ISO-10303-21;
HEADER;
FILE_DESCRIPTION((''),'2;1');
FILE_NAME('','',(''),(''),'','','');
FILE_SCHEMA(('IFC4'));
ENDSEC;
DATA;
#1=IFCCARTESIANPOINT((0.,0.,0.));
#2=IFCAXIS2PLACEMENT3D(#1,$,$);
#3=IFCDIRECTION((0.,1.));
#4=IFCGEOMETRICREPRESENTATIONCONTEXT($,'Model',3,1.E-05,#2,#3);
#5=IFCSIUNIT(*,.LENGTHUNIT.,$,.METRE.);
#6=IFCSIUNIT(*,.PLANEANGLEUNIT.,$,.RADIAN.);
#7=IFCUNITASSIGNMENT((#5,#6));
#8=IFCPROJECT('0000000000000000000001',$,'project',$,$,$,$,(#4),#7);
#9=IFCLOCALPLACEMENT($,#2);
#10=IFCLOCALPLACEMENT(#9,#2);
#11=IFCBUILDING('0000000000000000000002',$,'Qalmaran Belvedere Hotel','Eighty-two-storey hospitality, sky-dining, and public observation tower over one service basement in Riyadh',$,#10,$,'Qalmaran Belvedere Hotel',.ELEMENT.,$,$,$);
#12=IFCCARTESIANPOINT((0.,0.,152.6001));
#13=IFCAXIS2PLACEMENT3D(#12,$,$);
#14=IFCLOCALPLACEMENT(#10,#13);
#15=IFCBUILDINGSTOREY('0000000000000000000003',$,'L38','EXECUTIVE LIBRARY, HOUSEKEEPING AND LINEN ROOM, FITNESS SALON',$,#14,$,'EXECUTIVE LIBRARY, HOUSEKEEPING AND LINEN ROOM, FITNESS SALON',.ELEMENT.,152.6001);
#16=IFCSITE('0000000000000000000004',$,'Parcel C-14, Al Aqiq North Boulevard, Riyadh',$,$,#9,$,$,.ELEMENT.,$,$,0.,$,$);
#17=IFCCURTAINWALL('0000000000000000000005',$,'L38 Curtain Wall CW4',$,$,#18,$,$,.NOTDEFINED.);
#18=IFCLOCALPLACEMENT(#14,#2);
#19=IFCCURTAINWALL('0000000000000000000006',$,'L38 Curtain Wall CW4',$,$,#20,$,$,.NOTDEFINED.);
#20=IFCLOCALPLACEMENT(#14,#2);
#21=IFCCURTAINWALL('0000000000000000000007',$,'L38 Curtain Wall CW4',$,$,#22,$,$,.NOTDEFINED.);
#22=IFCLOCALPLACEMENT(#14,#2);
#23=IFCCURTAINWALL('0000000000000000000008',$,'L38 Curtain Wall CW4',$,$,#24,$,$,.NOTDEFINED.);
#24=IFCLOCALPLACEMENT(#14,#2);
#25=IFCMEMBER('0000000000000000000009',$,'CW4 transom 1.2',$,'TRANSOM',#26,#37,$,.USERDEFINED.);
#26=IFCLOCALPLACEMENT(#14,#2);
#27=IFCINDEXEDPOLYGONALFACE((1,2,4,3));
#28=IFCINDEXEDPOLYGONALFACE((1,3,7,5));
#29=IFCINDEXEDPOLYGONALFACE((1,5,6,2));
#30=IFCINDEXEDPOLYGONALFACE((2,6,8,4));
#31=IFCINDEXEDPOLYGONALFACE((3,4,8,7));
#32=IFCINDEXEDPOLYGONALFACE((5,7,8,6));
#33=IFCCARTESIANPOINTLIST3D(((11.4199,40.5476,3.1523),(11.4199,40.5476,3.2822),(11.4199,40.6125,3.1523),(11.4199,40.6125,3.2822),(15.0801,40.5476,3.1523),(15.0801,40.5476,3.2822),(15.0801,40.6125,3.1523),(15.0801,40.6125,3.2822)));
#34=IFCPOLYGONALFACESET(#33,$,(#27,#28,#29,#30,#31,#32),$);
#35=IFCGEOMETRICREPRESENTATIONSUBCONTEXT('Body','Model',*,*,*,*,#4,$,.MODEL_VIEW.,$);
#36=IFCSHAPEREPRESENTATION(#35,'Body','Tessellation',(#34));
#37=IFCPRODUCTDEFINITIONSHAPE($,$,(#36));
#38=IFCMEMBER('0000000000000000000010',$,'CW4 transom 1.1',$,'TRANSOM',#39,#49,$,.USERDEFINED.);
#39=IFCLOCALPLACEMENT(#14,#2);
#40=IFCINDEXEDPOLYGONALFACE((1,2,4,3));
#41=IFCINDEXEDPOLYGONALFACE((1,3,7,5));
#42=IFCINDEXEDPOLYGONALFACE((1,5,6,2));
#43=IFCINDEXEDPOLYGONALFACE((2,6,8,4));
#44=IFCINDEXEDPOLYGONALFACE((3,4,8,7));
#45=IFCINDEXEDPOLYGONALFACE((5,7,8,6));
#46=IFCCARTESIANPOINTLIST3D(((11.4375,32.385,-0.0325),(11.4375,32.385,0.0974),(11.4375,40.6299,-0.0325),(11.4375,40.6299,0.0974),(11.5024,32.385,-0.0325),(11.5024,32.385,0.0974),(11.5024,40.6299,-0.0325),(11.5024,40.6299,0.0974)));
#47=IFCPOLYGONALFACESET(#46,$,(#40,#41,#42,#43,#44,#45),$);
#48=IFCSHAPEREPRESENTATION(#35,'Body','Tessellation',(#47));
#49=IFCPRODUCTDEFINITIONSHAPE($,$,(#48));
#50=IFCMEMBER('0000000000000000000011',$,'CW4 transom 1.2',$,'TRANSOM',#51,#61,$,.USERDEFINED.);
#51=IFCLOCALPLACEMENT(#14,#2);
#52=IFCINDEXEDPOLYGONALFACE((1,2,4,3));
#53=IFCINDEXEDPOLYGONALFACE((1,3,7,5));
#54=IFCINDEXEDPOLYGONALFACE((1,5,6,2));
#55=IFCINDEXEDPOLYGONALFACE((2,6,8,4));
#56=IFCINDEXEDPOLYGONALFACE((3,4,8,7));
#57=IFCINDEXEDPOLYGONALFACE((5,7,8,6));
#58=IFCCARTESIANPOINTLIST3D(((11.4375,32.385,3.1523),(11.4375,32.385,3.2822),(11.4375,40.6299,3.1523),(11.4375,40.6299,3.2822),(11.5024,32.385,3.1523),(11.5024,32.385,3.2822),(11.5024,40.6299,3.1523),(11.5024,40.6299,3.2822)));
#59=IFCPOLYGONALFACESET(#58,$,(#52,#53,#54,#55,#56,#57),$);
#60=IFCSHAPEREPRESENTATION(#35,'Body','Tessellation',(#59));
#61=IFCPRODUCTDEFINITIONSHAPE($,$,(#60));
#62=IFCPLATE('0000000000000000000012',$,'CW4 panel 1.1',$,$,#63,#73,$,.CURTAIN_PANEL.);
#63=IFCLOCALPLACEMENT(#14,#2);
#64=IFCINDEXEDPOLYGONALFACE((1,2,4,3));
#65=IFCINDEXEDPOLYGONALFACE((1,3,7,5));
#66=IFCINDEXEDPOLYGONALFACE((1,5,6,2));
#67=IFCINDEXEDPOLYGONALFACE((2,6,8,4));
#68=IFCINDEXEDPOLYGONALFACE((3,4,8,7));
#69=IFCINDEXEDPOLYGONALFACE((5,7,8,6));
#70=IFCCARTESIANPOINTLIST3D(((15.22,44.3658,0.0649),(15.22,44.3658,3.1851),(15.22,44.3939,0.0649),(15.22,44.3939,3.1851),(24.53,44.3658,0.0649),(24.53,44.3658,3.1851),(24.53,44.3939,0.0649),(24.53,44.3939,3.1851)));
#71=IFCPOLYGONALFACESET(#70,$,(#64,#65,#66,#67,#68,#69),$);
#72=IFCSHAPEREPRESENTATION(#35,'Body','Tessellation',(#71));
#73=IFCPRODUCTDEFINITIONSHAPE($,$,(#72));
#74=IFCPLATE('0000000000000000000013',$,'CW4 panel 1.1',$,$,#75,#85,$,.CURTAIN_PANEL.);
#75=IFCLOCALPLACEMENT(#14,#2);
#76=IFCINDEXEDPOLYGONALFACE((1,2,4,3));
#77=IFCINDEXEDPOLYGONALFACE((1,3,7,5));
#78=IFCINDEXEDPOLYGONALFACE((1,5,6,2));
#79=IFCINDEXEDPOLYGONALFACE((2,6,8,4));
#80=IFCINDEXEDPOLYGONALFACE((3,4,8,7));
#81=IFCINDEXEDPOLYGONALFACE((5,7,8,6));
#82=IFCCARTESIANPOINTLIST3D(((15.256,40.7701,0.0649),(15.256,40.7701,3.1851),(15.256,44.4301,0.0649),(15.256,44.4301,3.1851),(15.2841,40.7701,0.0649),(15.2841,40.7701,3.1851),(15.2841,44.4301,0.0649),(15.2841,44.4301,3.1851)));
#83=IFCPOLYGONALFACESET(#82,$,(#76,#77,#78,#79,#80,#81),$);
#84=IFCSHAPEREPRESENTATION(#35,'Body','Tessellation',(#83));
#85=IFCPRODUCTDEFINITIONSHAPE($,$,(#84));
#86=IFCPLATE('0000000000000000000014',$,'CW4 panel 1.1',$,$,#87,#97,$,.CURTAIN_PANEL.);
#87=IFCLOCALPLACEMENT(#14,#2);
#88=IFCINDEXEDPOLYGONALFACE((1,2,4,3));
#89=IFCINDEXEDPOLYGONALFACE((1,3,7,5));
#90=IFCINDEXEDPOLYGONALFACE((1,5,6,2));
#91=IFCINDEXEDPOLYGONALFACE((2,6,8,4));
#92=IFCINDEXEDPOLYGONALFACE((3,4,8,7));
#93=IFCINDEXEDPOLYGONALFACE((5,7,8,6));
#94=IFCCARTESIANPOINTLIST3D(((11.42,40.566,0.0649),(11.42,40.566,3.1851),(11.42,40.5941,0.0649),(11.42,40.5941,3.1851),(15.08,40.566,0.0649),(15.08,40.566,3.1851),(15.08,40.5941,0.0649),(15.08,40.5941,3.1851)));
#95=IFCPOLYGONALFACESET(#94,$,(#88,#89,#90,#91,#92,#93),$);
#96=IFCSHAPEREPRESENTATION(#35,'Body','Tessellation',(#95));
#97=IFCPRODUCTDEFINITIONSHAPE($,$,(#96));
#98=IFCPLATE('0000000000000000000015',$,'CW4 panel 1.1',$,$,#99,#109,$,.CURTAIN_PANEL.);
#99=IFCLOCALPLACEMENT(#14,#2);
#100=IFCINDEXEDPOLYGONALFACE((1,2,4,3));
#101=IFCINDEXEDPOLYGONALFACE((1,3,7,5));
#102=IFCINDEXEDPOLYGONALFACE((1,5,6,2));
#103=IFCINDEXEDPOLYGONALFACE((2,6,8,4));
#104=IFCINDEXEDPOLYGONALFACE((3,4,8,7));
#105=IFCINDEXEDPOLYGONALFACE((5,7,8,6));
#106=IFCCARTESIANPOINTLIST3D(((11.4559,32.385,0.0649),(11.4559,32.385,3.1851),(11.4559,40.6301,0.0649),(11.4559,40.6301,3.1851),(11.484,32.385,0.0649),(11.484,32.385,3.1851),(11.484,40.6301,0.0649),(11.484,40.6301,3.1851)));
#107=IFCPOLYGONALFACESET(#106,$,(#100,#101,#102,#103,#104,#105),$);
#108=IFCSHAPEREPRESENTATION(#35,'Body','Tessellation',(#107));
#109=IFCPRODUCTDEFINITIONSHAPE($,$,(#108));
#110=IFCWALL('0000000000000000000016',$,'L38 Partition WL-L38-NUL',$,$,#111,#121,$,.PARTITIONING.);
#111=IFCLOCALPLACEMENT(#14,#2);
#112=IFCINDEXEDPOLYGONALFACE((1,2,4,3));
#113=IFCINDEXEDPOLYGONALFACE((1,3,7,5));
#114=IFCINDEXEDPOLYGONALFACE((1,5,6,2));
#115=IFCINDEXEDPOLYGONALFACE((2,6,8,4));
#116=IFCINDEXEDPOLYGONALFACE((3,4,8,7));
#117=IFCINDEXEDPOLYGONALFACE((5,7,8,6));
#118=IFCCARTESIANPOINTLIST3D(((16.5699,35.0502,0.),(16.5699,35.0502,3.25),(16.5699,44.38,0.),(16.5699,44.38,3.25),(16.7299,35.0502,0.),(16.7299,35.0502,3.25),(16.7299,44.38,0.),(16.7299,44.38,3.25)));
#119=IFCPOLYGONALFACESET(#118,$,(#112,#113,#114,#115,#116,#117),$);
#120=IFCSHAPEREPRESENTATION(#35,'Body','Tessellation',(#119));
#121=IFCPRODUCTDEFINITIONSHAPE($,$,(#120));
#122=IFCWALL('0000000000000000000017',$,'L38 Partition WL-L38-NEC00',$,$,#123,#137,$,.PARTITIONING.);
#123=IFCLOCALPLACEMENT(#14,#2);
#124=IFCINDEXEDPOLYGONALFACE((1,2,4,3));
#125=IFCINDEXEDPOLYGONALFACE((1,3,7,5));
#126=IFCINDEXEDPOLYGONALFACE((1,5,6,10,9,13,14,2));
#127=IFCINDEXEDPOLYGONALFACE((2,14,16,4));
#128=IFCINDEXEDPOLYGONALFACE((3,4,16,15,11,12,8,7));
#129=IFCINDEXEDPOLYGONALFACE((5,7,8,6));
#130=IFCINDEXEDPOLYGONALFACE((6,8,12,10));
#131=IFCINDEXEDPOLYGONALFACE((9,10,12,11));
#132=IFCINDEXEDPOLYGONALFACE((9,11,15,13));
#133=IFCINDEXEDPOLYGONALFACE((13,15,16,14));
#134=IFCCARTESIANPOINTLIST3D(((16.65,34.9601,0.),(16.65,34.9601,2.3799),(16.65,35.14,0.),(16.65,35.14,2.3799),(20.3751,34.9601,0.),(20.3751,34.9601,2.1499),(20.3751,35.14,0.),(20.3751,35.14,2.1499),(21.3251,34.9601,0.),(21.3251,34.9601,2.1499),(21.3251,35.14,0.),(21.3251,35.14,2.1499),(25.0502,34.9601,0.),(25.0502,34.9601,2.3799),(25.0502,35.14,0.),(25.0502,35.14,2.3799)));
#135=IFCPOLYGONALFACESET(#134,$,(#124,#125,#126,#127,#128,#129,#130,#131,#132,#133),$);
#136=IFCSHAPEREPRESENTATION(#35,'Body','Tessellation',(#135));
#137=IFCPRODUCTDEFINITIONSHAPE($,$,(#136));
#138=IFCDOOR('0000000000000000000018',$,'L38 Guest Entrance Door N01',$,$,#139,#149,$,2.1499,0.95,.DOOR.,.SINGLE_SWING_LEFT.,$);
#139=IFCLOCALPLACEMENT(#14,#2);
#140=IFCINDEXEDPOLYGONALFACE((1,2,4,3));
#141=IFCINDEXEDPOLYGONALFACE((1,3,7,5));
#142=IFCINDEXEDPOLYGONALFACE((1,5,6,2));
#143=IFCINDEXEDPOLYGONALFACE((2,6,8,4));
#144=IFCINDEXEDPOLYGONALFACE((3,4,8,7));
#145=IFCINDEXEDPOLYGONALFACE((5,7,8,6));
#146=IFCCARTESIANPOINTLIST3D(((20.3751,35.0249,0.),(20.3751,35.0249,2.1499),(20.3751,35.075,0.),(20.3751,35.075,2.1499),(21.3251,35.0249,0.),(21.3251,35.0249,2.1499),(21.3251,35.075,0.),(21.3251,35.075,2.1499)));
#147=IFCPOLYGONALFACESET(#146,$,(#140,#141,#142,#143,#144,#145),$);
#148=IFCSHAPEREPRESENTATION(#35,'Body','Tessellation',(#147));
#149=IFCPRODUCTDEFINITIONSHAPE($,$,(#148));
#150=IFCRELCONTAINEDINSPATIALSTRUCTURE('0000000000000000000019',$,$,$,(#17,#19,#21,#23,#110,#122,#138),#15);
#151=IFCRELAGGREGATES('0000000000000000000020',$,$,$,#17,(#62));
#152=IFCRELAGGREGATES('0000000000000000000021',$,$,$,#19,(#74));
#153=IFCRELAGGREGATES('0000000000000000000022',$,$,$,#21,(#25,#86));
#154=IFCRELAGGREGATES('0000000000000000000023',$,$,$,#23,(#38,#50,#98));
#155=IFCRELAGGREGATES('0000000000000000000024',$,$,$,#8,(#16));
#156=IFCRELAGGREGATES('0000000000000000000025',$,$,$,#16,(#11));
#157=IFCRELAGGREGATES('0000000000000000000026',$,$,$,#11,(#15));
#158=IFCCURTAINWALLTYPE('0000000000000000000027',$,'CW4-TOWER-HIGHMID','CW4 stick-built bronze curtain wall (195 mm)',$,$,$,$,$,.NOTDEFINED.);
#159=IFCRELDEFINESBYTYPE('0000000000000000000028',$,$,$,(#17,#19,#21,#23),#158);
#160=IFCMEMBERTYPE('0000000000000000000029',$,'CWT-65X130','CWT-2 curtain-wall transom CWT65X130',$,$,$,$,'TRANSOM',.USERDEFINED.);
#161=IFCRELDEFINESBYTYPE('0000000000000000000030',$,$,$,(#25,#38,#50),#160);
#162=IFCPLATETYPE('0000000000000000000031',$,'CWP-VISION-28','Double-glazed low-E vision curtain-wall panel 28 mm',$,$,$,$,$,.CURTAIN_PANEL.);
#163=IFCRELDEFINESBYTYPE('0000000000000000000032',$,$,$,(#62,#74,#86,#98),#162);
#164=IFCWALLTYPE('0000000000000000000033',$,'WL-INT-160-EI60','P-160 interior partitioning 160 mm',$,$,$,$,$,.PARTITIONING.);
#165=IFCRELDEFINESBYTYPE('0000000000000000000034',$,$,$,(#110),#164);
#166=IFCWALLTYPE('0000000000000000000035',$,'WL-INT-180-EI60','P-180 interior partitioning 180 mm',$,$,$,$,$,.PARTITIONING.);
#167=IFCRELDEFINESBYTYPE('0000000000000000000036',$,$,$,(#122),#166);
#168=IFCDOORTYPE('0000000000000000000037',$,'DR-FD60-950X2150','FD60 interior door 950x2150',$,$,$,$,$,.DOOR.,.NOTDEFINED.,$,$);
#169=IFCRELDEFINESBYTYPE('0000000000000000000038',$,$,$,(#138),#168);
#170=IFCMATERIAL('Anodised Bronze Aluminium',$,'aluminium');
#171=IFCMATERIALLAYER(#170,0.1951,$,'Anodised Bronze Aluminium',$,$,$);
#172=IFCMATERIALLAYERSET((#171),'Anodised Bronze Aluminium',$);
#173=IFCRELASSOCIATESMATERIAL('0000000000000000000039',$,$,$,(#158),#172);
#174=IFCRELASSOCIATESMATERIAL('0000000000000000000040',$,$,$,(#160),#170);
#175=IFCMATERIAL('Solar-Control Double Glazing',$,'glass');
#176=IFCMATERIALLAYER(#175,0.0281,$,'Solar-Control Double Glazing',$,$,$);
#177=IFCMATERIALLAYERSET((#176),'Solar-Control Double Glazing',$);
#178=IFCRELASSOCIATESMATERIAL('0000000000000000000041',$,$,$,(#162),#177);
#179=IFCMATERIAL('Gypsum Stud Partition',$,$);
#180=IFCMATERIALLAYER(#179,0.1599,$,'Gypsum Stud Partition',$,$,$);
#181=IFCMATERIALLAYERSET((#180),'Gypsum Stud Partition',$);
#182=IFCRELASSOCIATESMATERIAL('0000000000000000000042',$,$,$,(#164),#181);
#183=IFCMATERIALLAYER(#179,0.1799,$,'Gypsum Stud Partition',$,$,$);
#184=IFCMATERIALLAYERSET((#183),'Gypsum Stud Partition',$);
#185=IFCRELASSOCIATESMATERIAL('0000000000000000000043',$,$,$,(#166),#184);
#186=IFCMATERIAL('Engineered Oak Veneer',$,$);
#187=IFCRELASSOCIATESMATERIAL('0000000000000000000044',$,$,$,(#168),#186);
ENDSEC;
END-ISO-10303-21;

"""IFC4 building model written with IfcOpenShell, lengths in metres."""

from ifc_helpers import new_model, si_unit, direction, frame, frame_2d, origin, origin_2d, place, context, subcontext, project, spatial, rectangle, extrude, material, layer, layer_set, material_profile, profile_set, type_object, element, fill, aggregate, save


model = new_model("IFC4")

# Units and contexts
model_context = context("Model", 3, precision=1e-05, world=origin(), true_north=direction((0.0, 1.0)))
body_context = subcontext(model_context, "Body", "Model", "MODEL_VIEW")
ifc_project = project(units=[si_unit("LENGTHUNIT", "METRE"), si_unit("PLANEANGLEUNIT", "RADIAN")], contexts=[model_context])

# Site, building, storey
site_placement = place(None, origin())
site = spatial("IfcSite", under=ifc_project, at=site_placement, Name="Parcel C-14, Al Aqiq North Boulevard, Riyadh", CompositionType="ELEMENT", RefElevation=0.0)
building_placement = place(site_placement, origin())
building = spatial("IfcBuilding", under=site, at=building_placement, Name="Qalmaran Belvedere Hotel", Description="Eighty-two-storey hospitality, sky-dining, and public observation tower over one service basement in Riyadh", LongName="Qalmaran Belvedere Hotel", CompositionType="ELEMENT")
storey_placement = place(building_placement, frame((0.0, 0.0, 152.6001)))
storey = spatial("IfcBuildingStorey", under=building, at=storey_placement, Name="L38", Description="EXECUTIVE LIBRARY, HOUSEKEEPING AND LINEN ROOM, FITNESS SALON", LongName="EXECUTIVE LIBRARY, HOUSEKEEPING AND LINEN ROOM, FITNESS SALON", CompositionType="ELEMENT", Elevation=152.6001)

# Curtain wall
ifc_material_1 = material(Name="Anodised Bronze Aluminium", Category="aluminium")
ifc_layer_1 = layer(ifc_material_1, 0.1951, Name="Anodised Bronze Aluminium")
ifc_layer_set_1 = layer_set([ifc_layer_1], Name="Anodised Bronze Aluminium")
curtain_wall_type = type_object("IfcCurtainWallType", Name="CW4-TOWER-HIGHMID", Description="CW4 stick-built bronze curtain wall (195 mm)", PredefinedType="NOTDEFINED", material=ifc_layer_set_1)
curtain_wall_1_placement = place(storey_placement, origin())
curtain_wall_1 = element("IfcCurtainWall", 1, at=curtain_wall_1_placement, inside=storey, type_object=curtain_wall_type, Name="L38 Curtain Wall CW4", PredefinedType="NOTDEFINED")

# Curtain walls
curtain_wall_2_placement = place(storey_placement, origin())
curtain_wall_2 = element("IfcCurtainWall", 2, at=curtain_wall_2_placement, inside=storey, type_object=curtain_wall_type, Name="L38 Curtain Wall CW4", PredefinedType="NOTDEFINED")
curtain_wall_3_placement = place(storey_placement, origin())
curtain_wall_3 = element("IfcCurtainWall", 3, at=curtain_wall_3_placement, inside=storey, type_object=curtain_wall_type, Name="L38 Curtain Wall CW4", PredefinedType="NOTDEFINED")

# Curtain wall
curtain_wall_4_placement = place(storey_placement, origin())
curtain_wall_4 = element("IfcCurtainWall", 4, at=curtain_wall_4_placement, inside=storey, type_object=curtain_wall_type, Name="L38 Curtain Wall CW4", PredefinedType="NOTDEFINED")

# Members
ifc_material_profile_1 = material_profile(ifc_material_1, rectangle(XDim=0.0649, YDim=0.1299, at=origin_2d()), Name="CWT65X130")
ifc_profile_set_1 = profile_set([ifc_material_profile_1], Name="Anodised Bronze Aluminium")
member_type_1 = type_object("IfcMemberType", Name="CWT-65X130", Description="CWT-2 curtain-wall transom CWT65X130", ElementType="TRANSOM", PredefinedType="USERDEFINED", material=ifc_profile_set_1)
member_1_placement = place(storey_placement, frame((15.0801, 40.5801, 3.2173), z_axis=(-1.0, 0.0, 0.0), x_axis=(0.0, -1.0, 0.0)))
member_1 = element("IfcMember", 5, at=member_1_placement, type_object=member_type_1, Name="CW4 transom 1.2", ObjectType="TRANSOM", PredefinedType="USERDEFINED", context=body_context, shape_type="SweptSolid", body=[
    extrude(rectangle(XDim=0.0649, YDim=0.1299, at=origin_2d()), origin(), (0.0, 0.0, 1.0), 3.6602),
])
member_2_placement = place(storey_placement, frame((11.47, 40.6299, 0.0325), z_axis=(0.0, -1.0, 0.0), x_axis=(1.0, 0.0, 0.0)))
member_2 = element("IfcMember", 6, at=member_2_placement, type_object=member_type_1, Name="CW4 transom 1.1", ObjectType="TRANSOM", PredefinedType="USERDEFINED", context=body_context, shape_type="SweptSolid", body=[
    extrude(rectangle(XDim=0.0649, YDim=0.1299, at=origin_2d()), origin(), (0.0, 0.0, 1.0), 8.2449),
])
member_3_placement = place(storey_placement, frame((11.47, 40.6299, 3.2173), z_axis=(0.0, -1.0, 0.0), x_axis=(1.0, 0.0, 0.0)))
member_3 = element("IfcMember", 7, at=member_3_placement, type_object=member_type_1, Name="CW4 transom 1.2", ObjectType="TRANSOM", PredefinedType="USERDEFINED", context=body_context, shape_type="SweptSolid", body=[
    extrude(rectangle(XDim=0.0649, YDim=0.1299, at=origin_2d()), origin(), (0.0, 0.0, 1.0), 8.2449),
])

# Plates
ifc_material_2 = material(Name="Solar-Control Double Glazing", Category="glass")
ifc_layer_2 = layer(ifc_material_2, 0.0281, Name="Solar-Control Double Glazing")
ifc_layer_set_2 = layer_set([ifc_layer_2], Name="Solar-Control Double Glazing")
plate_type = type_object("IfcPlateType", Name="CWP-VISION-28", Description="Double-glazed low-E vision curtain-wall panel 28 mm", PredefinedType="CURTAIN_PANEL", material=ifc_layer_set_2)
plate_1_placement = place(storey_placement, frame((19.875, 44.3799, 0.0649), z_axis=(0.0, 0.0, 1.0), x_axis=(-1.0, 0.0, 0.0)))
plate_1 = element("IfcPlate", 8, at=plate_1_placement, type_object=plate_type, Name="CW4 panel 1.1", PredefinedType="CURTAIN_PANEL", context=body_context, shape_type="SweptSolid", body=[
    extrude(rectangle(XDim=9.3101, YDim=0.0281, at=origin_2d()), origin(), (0.0, 0.0, 1.0), 3.1201),
])
aggregate(curtain_wall_1, [plate_1])
plate_2_placement = place(storey_placement, frame((15.27, 42.6001, 0.0649), z_axis=(0.0, 0.0, 1.0), x_axis=(0.0, -1.0, 0.0)))
plate_2 = element("IfcPlate", 9, at=plate_2_placement, type_object=plate_type, Name="CW4 panel 1.1", PredefinedType="CURTAIN_PANEL", context=body_context, shape_type="SweptSolid", body=[
    extrude(rectangle(XDim=3.6599, YDim=0.0281, at=origin_2d()), origin(), (0.0, 0.0, 1.0), 3.1201),
])
aggregate(curtain_wall_2, [plate_2])
plate_3_placement = place(storey_placement, frame((13.25, 40.5801, 0.0649), z_axis=(0.0, 0.0, 1.0), x_axis=(-1.0, 0.0, 0.0)))
plate_3 = element("IfcPlate", 10, at=plate_3_placement, type_object=plate_type, Name="CW4 panel 1.1", PredefinedType="CURTAIN_PANEL", context=body_context, shape_type="SweptSolid", body=[
    extrude(rectangle(XDim=3.6599, YDim=0.0281, at=origin_2d()), origin(), (0.0, 0.0, 1.0), 3.1201),
])
aggregate(curtain_wall_3, [member_1, plate_3])
plate_4_placement = place(storey_placement, frame((11.47, 36.5076, 0.0649), z_axis=(0.0, 0.0, 1.0), x_axis=(0.0, -1.0, 0.0)))
plate_4 = element("IfcPlate", 11, at=plate_4_placement, type_object=plate_type, Name="CW4 panel 1.1", PredefinedType="CURTAIN_PANEL", context=body_context, shape_type="SweptSolid", body=[
    extrude(rectangle(XDim=8.2451, YDim=0.0281, at=origin_2d()), origin(), (0.0, 0.0, 1.0), 3.1201),
])
aggregate(curtain_wall_4, [member_2, member_3, plate_4])

# Wall
ifc_material_3 = material(Name="Gypsum Stud Partition")
ifc_layer_3 = layer(ifc_material_3, 0.1599, Name="Gypsum Stud Partition")
ifc_layer_set_3 = layer_set([ifc_layer_3], Name="Gypsum Stud Partition")
wall_type_1 = type_object("IfcWallType", Name="WL-INT-160-EI60", Description="P-160 interior partitioning 160 mm", PredefinedType="PARTITIONING", material=ifc_layer_set_3)
wall_1_placement = place(storey_placement, frame((16.6499, 35.05, 0.0), z_axis=(0.0, 0.0, 1.0), x_axis=(0.0, 1.0, 0.0)))
element("IfcWall", 12, at=wall_1_placement, inside=storey, type_object=wall_type_1, Name="L38 Partition WL-L38-NUL", PredefinedType="PARTITIONING", context=body_context, shape_type="SweptSolid", body=[
    extrude(rectangle(XDim=9.3298, YDim=0.1599, at=frame_2d((4.665, 0.0))), origin(), (0.0, 0.0, 1.0), 3.25),
])

# Wall, opening, door
ifc_layer_4 = layer(ifc_material_3, 0.1799, Name="Gypsum Stud Partition")
ifc_layer_set_4 = layer_set([ifc_layer_4], Name="Gypsum Stud Partition")
wall_type_2 = type_object("IfcWallType", Name="WL-INT-180-EI60", Description="P-180 interior partitioning 180 mm", PredefinedType="PARTITIONING", material=ifc_layer_set_4)
wall_2_placement = place(storey_placement, frame((16.6499, 35.05, 0.0), z_axis=(0.0, 0.0, 1.0), x_axis=(1.0, 0.0, 0.0)))
wall_2 = element("IfcWall", 13, at=wall_2_placement, inside=storey, type_object=wall_type_2, Name="L38 Partition WL-L38-NEC00", PredefinedType="PARTITIONING", context=body_context, shape_type="SweptSolid", body=[
    extrude(rectangle(XDim=8.4001, YDim=0.1799, at=frame_2d((4.2002, 0.0))), origin(), (0.0, 0.0, 1.0), 2.3799),
])
opening_placement = place(wall_2_placement, frame((3.7251, 0.0, 0.0)))
opening = element("IfcOpeningElement", 14, at=opening_placement, cuts=wall_2, PredefinedType="OPENING", context=body_context, shape_type="SweptSolid", body=[
    extrude(rectangle(XDim=0.95, YDim=2.1499, at=frame_2d((0.4751, 1.075))), frame((0.0, 0.1001, 0.0), z_axis=(0.0, -1.0, 0.0), x_axis=(1.0, 0.0, 0.0)), (0.0, 0.0, 1.0), 0.2),
])
ifc_material_4 = material(Name="Engineered Oak Veneer")
door_type = type_object("IfcDoorType", Name="DR-FD60-950X2150", Description="FD60 interior door 950x2150", OperationType="NOTDEFINED", PredefinedType="DOOR", material=ifc_material_4)
door_placement = place(opening_placement, origin())
door = element("IfcDoor", 15, at=door_placement, inside=storey, type_object=door_type, Name="L38 Guest Entrance Door N01", OperationType="SINGLE_SWING_LEFT", OverallHeight=2.1499, OverallWidth=0.95, PredefinedType="DOOR", context=body_context, shape_type="SweptSolid", body=[
    extrude(rectangle(XDim=0.95, YDim=2.1499, at=frame_2d((0.4751, 1.075))), frame((0.0, 0.0249, 0.0), z_axis=(0.0, -1.0, 0.0), x_axis=(1.0, 0.0, 0.0)), (0.0, 0.0, 1.0), 0.05),
])
fill(opening, door)

save(model, "model.ifc")
